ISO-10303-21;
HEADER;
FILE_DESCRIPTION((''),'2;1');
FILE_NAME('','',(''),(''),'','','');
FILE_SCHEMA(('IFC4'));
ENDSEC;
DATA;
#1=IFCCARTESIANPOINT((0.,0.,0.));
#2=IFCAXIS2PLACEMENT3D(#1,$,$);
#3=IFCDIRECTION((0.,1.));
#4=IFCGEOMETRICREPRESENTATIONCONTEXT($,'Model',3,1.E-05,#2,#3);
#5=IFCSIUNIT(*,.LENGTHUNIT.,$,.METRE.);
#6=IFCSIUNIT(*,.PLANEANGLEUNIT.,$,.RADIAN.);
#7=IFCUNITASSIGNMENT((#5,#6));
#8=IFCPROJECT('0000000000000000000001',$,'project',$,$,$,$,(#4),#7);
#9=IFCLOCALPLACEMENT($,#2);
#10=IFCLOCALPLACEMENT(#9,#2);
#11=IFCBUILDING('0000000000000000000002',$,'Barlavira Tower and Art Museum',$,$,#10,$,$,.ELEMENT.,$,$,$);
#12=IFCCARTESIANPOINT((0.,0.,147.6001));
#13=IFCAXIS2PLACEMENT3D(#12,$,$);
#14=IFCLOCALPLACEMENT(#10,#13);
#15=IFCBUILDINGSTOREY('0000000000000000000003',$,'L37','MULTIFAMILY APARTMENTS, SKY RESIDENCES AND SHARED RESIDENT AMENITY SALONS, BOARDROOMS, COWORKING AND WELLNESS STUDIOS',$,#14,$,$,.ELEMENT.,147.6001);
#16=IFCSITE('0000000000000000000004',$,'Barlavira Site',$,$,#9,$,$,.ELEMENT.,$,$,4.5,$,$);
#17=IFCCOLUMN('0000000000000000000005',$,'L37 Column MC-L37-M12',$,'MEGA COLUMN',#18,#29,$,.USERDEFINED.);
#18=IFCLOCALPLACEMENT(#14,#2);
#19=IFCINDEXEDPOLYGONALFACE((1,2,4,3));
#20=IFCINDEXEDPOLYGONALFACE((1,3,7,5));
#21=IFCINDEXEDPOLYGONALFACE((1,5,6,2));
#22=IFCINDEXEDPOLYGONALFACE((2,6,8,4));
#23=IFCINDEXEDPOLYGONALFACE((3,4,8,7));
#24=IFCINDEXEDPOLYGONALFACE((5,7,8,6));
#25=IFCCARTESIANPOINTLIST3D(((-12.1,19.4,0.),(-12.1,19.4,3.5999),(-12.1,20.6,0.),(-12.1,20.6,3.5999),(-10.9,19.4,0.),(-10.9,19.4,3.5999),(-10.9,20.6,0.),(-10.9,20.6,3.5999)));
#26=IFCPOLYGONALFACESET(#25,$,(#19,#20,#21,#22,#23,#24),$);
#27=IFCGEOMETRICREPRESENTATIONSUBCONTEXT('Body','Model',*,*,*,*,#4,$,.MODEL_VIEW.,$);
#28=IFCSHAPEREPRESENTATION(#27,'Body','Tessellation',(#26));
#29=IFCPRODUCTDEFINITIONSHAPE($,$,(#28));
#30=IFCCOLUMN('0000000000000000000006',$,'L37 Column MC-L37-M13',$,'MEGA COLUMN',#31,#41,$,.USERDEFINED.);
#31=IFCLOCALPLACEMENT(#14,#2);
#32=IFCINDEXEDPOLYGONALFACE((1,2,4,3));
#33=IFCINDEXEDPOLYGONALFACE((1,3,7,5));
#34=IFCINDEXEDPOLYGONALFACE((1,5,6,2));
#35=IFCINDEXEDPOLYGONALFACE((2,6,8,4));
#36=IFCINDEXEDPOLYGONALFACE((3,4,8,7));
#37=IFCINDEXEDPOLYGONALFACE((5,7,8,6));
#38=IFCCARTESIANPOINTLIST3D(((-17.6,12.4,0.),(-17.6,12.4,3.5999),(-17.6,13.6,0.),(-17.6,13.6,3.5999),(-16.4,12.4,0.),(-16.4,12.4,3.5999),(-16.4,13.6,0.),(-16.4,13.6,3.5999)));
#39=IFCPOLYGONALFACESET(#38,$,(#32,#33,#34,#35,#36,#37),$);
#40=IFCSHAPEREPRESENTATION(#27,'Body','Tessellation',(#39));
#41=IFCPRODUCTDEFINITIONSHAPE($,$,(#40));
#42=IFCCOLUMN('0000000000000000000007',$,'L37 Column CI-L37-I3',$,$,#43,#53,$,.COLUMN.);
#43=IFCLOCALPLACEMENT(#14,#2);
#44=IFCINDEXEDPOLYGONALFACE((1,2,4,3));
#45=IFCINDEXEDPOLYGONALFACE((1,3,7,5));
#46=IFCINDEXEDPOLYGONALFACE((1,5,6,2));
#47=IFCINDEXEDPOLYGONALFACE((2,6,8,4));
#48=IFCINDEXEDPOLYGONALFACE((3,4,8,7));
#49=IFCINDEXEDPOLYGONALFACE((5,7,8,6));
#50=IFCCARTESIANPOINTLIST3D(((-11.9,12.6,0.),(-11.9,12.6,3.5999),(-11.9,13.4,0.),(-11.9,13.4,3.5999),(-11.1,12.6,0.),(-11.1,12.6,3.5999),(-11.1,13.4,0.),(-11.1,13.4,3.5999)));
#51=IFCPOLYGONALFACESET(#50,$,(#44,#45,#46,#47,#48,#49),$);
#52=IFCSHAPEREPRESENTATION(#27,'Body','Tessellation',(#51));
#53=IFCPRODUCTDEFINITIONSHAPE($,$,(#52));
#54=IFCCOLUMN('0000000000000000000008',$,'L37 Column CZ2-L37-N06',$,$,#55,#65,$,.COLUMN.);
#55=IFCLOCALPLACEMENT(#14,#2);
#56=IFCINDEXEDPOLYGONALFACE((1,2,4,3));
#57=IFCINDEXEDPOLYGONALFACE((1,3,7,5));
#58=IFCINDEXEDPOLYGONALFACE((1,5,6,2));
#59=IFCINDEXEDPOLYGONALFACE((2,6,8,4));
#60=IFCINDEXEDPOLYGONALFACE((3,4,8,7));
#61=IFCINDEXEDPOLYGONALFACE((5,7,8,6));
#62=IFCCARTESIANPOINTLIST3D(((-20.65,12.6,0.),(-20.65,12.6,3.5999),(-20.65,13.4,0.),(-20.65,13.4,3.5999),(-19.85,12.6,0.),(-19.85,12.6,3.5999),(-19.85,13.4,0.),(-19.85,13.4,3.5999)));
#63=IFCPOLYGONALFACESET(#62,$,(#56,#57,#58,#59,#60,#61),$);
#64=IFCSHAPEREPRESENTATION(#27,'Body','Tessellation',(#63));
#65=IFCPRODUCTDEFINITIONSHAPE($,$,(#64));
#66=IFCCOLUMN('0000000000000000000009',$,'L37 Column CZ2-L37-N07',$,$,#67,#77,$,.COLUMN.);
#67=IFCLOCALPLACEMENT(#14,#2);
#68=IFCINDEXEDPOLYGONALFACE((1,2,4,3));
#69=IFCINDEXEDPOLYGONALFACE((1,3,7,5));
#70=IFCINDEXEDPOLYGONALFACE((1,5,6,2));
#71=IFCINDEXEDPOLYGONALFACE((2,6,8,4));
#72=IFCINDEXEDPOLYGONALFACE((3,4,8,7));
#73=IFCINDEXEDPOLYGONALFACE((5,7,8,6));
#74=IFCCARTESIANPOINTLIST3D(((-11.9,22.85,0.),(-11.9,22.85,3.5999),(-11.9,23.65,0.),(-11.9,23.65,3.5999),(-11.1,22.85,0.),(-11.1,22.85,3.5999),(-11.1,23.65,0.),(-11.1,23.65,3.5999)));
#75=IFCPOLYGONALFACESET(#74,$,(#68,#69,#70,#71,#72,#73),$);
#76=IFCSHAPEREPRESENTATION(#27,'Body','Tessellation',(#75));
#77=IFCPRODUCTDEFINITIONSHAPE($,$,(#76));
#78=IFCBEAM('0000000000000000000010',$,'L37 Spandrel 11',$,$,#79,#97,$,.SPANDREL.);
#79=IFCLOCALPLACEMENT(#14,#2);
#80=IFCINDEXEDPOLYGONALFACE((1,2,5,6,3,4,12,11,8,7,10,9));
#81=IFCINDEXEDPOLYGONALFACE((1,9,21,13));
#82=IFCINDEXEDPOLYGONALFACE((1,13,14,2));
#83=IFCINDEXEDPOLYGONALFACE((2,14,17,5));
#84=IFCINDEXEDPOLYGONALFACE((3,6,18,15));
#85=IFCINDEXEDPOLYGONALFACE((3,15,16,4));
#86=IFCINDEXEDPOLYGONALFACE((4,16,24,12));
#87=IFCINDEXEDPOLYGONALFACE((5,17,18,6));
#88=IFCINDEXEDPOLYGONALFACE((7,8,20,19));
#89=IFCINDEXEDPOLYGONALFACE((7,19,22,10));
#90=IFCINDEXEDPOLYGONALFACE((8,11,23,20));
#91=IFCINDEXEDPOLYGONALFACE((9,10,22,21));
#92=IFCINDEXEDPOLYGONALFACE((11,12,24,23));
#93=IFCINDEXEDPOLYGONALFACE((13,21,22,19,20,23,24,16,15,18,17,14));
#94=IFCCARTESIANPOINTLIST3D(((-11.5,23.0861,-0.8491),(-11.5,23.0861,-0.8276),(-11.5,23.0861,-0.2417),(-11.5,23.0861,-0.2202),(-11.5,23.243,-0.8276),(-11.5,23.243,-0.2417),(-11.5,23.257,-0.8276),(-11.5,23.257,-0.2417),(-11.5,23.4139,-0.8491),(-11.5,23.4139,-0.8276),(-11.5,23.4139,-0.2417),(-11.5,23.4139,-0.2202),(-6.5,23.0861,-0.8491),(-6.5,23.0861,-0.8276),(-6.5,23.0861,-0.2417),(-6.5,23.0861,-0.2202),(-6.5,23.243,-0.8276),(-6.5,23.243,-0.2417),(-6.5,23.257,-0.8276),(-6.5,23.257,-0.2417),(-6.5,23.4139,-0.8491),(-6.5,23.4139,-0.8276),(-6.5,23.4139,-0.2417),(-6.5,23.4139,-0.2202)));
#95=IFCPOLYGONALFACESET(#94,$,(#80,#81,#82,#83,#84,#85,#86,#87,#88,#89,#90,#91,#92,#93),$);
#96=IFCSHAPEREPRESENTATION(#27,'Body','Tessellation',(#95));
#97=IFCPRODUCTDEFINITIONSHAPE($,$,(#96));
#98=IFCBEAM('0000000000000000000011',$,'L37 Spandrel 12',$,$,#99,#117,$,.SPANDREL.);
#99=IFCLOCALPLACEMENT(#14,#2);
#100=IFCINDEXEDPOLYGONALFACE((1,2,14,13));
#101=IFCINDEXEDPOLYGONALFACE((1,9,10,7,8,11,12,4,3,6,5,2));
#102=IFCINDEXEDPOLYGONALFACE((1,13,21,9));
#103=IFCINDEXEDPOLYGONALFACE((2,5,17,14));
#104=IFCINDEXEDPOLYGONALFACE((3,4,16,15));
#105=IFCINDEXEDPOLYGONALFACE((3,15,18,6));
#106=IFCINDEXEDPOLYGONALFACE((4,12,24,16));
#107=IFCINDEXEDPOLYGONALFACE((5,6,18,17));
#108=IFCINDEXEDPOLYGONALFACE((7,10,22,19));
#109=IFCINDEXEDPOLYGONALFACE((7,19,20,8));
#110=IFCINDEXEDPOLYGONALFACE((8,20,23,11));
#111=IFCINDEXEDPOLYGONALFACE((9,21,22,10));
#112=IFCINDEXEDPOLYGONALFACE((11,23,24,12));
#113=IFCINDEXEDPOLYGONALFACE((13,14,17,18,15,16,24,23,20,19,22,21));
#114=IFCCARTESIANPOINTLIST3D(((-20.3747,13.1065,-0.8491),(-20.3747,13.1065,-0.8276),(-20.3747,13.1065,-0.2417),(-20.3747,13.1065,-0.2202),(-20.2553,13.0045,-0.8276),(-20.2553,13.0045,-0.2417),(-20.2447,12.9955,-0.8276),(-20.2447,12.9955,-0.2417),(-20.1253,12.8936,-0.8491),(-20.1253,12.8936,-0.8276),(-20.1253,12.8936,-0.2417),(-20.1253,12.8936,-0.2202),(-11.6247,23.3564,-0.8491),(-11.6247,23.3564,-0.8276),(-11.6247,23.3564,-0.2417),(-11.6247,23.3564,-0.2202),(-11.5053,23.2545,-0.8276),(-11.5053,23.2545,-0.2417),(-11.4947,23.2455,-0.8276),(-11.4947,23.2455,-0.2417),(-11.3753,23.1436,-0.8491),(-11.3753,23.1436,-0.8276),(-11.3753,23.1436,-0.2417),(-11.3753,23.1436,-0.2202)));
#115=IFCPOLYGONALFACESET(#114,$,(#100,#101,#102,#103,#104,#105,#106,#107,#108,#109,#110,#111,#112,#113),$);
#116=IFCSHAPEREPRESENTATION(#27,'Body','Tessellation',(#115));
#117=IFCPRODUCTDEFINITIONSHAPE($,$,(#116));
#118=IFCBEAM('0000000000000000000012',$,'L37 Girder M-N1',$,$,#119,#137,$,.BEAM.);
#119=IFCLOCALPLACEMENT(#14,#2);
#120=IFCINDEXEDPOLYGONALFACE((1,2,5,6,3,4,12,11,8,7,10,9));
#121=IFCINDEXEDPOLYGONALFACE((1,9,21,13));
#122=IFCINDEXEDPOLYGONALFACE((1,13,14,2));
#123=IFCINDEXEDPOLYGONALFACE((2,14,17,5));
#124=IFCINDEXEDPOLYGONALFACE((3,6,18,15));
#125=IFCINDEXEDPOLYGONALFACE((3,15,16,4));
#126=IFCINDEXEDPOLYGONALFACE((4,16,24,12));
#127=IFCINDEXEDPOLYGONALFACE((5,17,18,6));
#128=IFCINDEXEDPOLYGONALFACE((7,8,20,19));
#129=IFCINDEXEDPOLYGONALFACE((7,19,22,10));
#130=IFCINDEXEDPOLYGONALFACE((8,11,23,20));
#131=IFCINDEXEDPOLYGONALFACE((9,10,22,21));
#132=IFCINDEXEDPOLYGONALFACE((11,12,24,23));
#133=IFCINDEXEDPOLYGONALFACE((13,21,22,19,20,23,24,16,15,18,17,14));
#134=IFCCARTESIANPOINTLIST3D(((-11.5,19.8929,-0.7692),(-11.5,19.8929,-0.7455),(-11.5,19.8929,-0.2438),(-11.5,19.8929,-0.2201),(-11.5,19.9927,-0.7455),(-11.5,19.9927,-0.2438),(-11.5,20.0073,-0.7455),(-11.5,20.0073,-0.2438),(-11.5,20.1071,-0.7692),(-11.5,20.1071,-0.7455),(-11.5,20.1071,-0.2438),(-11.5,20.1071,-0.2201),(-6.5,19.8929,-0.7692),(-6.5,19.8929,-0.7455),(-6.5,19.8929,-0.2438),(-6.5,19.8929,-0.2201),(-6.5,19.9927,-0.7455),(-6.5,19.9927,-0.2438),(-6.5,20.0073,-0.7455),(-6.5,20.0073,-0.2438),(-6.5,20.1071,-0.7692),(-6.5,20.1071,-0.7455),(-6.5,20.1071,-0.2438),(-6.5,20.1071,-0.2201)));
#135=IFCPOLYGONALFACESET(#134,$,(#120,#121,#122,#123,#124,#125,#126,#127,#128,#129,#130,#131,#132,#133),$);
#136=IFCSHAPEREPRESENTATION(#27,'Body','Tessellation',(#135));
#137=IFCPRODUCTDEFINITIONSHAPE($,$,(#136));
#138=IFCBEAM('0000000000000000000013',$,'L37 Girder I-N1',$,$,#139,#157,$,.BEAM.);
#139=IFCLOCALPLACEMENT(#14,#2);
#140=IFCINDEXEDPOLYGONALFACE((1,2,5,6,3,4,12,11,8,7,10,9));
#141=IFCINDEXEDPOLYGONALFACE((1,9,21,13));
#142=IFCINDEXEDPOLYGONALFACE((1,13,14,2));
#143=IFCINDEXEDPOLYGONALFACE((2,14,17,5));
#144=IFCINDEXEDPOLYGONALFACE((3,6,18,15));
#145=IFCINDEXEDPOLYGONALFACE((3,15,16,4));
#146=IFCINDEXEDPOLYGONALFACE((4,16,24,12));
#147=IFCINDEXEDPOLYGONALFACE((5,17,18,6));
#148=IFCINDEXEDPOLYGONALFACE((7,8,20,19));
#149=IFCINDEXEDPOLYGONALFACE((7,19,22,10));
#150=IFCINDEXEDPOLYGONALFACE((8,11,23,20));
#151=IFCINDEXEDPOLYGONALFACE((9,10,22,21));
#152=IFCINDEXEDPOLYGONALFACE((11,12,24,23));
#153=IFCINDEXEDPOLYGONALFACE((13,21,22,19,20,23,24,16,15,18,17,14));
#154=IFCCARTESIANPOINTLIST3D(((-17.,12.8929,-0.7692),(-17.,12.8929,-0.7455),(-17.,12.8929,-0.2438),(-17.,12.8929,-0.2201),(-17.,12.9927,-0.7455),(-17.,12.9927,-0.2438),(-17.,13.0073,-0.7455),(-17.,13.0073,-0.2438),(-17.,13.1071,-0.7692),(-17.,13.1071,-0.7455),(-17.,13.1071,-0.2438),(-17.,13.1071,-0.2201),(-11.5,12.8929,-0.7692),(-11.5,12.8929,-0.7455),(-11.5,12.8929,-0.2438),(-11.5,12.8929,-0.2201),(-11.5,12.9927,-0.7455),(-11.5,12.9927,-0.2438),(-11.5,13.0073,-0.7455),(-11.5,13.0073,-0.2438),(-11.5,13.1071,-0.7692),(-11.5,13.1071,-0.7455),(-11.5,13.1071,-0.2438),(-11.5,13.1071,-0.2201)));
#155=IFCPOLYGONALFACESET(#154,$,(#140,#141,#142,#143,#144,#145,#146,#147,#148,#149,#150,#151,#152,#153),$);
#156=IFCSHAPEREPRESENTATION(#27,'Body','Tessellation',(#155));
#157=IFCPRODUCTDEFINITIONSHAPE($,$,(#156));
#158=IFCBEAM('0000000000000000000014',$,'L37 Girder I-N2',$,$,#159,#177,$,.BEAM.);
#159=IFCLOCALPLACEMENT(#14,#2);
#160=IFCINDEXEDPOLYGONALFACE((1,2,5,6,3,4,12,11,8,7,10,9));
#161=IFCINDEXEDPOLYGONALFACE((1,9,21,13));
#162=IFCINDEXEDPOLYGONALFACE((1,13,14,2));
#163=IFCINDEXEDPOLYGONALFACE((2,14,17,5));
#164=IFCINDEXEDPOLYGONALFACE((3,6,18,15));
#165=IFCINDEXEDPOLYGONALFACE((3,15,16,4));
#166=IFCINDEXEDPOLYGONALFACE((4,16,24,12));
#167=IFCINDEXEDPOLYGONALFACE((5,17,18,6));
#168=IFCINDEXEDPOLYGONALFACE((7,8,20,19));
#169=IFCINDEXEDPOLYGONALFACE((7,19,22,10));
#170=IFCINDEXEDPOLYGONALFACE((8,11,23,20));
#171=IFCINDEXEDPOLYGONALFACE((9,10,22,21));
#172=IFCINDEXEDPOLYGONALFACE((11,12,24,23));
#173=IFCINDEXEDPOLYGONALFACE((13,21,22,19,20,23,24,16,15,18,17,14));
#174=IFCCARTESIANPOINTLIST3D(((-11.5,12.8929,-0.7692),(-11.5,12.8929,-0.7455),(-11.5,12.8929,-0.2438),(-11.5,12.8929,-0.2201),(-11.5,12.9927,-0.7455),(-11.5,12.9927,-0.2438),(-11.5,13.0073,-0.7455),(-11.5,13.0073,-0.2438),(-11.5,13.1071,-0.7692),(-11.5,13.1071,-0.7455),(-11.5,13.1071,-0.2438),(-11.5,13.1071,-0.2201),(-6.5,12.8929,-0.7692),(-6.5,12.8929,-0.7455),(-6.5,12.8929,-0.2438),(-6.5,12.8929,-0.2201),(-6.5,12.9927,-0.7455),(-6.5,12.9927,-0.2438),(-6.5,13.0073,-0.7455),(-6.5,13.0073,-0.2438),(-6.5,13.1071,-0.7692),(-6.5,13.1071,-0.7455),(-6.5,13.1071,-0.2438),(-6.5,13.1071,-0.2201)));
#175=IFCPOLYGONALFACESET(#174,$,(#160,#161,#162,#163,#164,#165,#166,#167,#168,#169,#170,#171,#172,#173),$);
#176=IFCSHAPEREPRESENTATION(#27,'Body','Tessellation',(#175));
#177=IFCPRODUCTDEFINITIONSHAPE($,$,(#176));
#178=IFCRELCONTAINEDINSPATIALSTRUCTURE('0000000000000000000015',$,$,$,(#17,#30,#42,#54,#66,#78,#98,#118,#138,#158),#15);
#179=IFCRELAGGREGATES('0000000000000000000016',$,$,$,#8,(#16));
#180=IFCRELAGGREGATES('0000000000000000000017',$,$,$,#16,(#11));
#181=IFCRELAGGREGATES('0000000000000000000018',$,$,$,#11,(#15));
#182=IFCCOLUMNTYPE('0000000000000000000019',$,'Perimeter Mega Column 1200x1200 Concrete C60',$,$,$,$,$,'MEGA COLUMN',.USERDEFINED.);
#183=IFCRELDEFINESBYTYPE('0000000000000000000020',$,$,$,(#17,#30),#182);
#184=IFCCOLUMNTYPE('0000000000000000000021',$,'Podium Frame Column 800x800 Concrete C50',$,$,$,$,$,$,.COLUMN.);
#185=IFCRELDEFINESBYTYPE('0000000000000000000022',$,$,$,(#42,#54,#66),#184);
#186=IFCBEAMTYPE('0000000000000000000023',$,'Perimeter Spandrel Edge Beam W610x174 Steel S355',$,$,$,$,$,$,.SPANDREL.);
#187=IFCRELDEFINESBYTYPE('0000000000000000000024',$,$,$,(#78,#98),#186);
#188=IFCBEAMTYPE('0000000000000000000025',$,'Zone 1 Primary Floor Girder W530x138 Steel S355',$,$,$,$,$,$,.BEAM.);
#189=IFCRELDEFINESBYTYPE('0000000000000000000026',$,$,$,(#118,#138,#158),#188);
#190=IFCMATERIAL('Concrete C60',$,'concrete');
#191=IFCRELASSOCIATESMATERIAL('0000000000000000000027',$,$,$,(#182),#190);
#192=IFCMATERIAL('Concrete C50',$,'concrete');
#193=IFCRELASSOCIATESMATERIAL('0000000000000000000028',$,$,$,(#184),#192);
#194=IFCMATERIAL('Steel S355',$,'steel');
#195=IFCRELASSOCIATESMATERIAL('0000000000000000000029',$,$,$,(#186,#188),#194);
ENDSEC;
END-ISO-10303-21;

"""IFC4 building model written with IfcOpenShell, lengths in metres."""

from ifc_helpers import new_model, si_unit, direction, frame, origin, origin_2d, place, context, subcontext, project, spatial, rectangle, i_section, extrude, material, material_profile, profile_set, type_object, element, save


model = new_model("IFC4")

# Units and contexts
model_context = context("Model", 3, precision=1e-05, world=origin(), true_north=direction((0.0, 1.0)))
body_context = subcontext(model_context, "Body", "Model", "MODEL_VIEW")
ifc_project = project(units=[si_unit("LENGTHUNIT", "METRE"), si_unit("PLANEANGLEUNIT", "RADIAN")], contexts=[model_context])

# Site, building, storey
site_placement = place(None, origin())
site = spatial("IfcSite", under=ifc_project, at=site_placement, Name="Barlavira Site", CompositionType="ELEMENT", RefElevation=4.5)
building_placement = place(site_placement, origin())
building = spatial("IfcBuilding", under=site, at=building_placement, Name="Barlavira Tower and Art Museum", CompositionType="ELEMENT")
storey_placement = place(building_placement, frame((0.0, 0.0, 147.6001)))
storey = spatial("IfcBuildingStorey", under=building, at=storey_placement, Name="L37", Description="MULTIFAMILY APARTMENTS, SKY RESIDENCES AND SHARED RESIDENT AMENITY SALONS, BOARDROOMS, COWORKING AND WELLNESS STUDIOS", CompositionType="ELEMENT", Elevation=147.6001)

# Columns
ifc_material_1 = material(Name="Concrete C60", Category="concrete")
ifc_material_profile_1 = material_profile(ifc_material_1, rectangle(XDim=1.2, YDim=1.2, at=origin_2d()), Name="RC-COL 1200x1200")
ifc_profile_set_1 = profile_set([ifc_material_profile_1], Name="Concrete C60")
column_type_1 = type_object("IfcColumnType", Name="Perimeter Mega Column 1200x1200 Concrete C60", ElementType="MEGA COLUMN", PredefinedType="USERDEFINED", material=ifc_profile_set_1)
for number, where, z_axis, x_axis, name in (
    (1, (-11.5, 20.0, 0.0), (0.0, 0.0, 1.0), (1.0, 0.0, 0.0), "L37 Column MC-L37-M12"),
    (2, (-17.0, 13.0, 0.0), (0.0, 0.0, 1.0), (1.0, 0.0, 0.0), "L37 Column MC-L37-M13"),
):
    element("IfcColumn", number, at=place(storey_placement, frame(where, z_axis=z_axis, x_axis=x_axis)), inside=storey, type_object=column_type_1, Name=name, ObjectType="MEGA COLUMN", PredefinedType="USERDEFINED", context=body_context, shape_type="SweptSolid", body=[
        extrude(rectangle(XDim=1.2, YDim=1.2, at=origin_2d()), origin(), (0.0, 0.0, 1.0), 3.5999),
    ])
ifc_material_2 = material(Name="Concrete C50", Category="concrete")
ifc_material_profile_2 = material_profile(ifc_material_2, rectangle(XDim=0.8, YDim=0.8, at=origin_2d()), Name="RC-COL 800x800")
ifc_profile_set_2 = profile_set([ifc_material_profile_2], Name="Concrete C50")
column_type_2 = type_object("IfcColumnType", Name="Podium Frame Column 800x800 Concrete C50", PredefinedType="COLUMN", material=ifc_profile_set_2)
for number, where, z_axis, x_axis, name in (
    (3, (-11.5, 13.0, 0.0), (0.0, 0.0, 1.0), (1.0, 0.0, 0.0), "L37 Column CI-L37-I3"),
    (4, (-20.25, 13.0, 0.0), (0.0, 0.0, 1.0), (1.0, 0.0, 0.0), "L37 Column CZ2-L37-N06"),
    (5, (-11.5, 23.25, 0.0), (0.0, 0.0, 1.0), (1.0, 0.0, 0.0), "L37 Column CZ2-L37-N07"),
):
    element("IfcColumn", number, at=place(storey_placement, frame(where, z_axis=z_axis, x_axis=x_axis)), inside=storey, type_object=column_type_2, Name=name, PredefinedType="COLUMN", context=body_context, shape_type="SweptSolid", body=[
        extrude(rectangle(XDim=0.8, YDim=0.8, at=origin_2d()), origin(), (0.0, 0.0, 1.0), 3.5999),
    ])

# Beams
ifc_material_3 = material(Name="Steel S355", Category="steel")
ifc_material_profile_3 = material_profile(ifc_material_3, i_section(OverallWidth=0.3279, OverallDepth=0.6289, WebThickness=0.0139, FlangeThickness=0.0215, at=origin_2d()), Name="W610x174.0")
ifc_profile_set_3 = profile_set([ifc_material_profile_3], Name="Steel S355")
beam_type_1 = type_object("IfcBeamType", Name="Perimeter Spandrel Edge Beam W610x174 Steel S355", PredefinedType="SPANDREL", material=ifc_profile_set_3)
beam_1_placement = place(storey_placement, frame((-11.5, 23.25, -0.5347), z_axis=(1.0, 0.0, 0.0), x_axis=(0.0, 1.0, 0.0)))
element("IfcBeam", 6, at=beam_1_placement, inside=storey, type_object=beam_type_1, Name="L37 Spandrel 11", PredefinedType="SPANDREL", context=body_context, shape_type="SweptSolid", body=[
    extrude(i_section(OverallWidth=0.3279, OverallDepth=0.6289, WebThickness=0.0139, FlangeThickness=0.0215, at=origin_2d()), origin(), (0.0, 0.0, 1.0), 5.0),
])
beam_2_placement = place(storey_placement, frame((-11.5, 23.25, -0.5347), z_axis=(-0.649262, -0.760565, 0.0), x_axis=(0.760565, -0.649262, 0.0)))
element("IfcBeam", 7, at=beam_2_placement, inside=storey, type_object=beam_type_1, Name="L37 Spandrel 12", PredefinedType="SPANDREL", context=body_context, shape_type="SweptSolid", body=[
    extrude(i_section(OverallWidth=0.3279, OverallDepth=0.6289, WebThickness=0.0139, FlangeThickness=0.0215, at=origin_2d()), origin(), (0.0, 0.0, 1.0), 13.4768),
])
ifc_material_profile_4 = material_profile(ifc_material_3, i_section(OverallWidth=0.2141, OverallDepth=0.5491, WebThickness=0.0146, FlangeThickness=0.0237, at=origin_2d()), Name="W530x138.0")
ifc_profile_set_4 = profile_set([ifc_material_profile_4], Name="Steel S355")
beam_type_2 = type_object("IfcBeamType", Name="Zone 1 Primary Floor Girder W530x138 Steel S355", PredefinedType="BEAM", material=ifc_profile_set_4)
beam_3_placement = place(storey_placement, frame((-11.5, 20.0, -0.4946), z_axis=(1.0, 0.0, 0.0), x_axis=(0.0, 1.0, 0.0)))
element("IfcBeam", 8, at=beam_3_placement, inside=storey, type_object=beam_type_2, Name="L37 Girder M-N1", PredefinedType="BEAM", context=body_context, shape_type="SweptSolid", body=[
    extrude(i_section(OverallWidth=0.2141, OverallDepth=0.5491, WebThickness=0.0146, FlangeThickness=0.0237, at=origin_2d()), origin(), (0.0, 0.0, 1.0), 5.0),
])
beam_4_placement = place(storey_placement, frame((-17.0, 13.0, -0.4946), z_axis=(1.0, 0.0, 0.0), x_axis=(0.0, 1.0, 0.0)))
element("IfcBeam", 9, at=beam_4_placement, inside=storey, type_object=beam_type_2, Name="L37 Girder I-N1", PredefinedType="BEAM", context=body_context, shape_type="SweptSolid", body=[
    extrude(i_section(OverallWidth=0.2141, OverallDepth=0.5491, WebThickness=0.0146, FlangeThickness=0.0237, at=origin_2d()), origin(), (0.0, 0.0, 1.0), 5.5),
])
beam_5_placement = place(storey_placement, frame((-11.5, 13.0, -0.4946), z_axis=(1.0, 0.0, 0.0), x_axis=(0.0, 1.0, 0.0)))
element("IfcBeam", 10, at=beam_5_placement, inside=storey, type_object=beam_type_2, Name="L37 Girder I-N2", PredefinedType="BEAM", context=body_context, shape_type="SweptSolid", body=[
    extrude(i_section(OverallWidth=0.2141, OverallDepth=0.5491, WebThickness=0.0146, FlangeThickness=0.0237, at=origin_2d()), origin(), (0.0, 0.0, 1.0), 5.0),
])

save(model, "model.ifc")
